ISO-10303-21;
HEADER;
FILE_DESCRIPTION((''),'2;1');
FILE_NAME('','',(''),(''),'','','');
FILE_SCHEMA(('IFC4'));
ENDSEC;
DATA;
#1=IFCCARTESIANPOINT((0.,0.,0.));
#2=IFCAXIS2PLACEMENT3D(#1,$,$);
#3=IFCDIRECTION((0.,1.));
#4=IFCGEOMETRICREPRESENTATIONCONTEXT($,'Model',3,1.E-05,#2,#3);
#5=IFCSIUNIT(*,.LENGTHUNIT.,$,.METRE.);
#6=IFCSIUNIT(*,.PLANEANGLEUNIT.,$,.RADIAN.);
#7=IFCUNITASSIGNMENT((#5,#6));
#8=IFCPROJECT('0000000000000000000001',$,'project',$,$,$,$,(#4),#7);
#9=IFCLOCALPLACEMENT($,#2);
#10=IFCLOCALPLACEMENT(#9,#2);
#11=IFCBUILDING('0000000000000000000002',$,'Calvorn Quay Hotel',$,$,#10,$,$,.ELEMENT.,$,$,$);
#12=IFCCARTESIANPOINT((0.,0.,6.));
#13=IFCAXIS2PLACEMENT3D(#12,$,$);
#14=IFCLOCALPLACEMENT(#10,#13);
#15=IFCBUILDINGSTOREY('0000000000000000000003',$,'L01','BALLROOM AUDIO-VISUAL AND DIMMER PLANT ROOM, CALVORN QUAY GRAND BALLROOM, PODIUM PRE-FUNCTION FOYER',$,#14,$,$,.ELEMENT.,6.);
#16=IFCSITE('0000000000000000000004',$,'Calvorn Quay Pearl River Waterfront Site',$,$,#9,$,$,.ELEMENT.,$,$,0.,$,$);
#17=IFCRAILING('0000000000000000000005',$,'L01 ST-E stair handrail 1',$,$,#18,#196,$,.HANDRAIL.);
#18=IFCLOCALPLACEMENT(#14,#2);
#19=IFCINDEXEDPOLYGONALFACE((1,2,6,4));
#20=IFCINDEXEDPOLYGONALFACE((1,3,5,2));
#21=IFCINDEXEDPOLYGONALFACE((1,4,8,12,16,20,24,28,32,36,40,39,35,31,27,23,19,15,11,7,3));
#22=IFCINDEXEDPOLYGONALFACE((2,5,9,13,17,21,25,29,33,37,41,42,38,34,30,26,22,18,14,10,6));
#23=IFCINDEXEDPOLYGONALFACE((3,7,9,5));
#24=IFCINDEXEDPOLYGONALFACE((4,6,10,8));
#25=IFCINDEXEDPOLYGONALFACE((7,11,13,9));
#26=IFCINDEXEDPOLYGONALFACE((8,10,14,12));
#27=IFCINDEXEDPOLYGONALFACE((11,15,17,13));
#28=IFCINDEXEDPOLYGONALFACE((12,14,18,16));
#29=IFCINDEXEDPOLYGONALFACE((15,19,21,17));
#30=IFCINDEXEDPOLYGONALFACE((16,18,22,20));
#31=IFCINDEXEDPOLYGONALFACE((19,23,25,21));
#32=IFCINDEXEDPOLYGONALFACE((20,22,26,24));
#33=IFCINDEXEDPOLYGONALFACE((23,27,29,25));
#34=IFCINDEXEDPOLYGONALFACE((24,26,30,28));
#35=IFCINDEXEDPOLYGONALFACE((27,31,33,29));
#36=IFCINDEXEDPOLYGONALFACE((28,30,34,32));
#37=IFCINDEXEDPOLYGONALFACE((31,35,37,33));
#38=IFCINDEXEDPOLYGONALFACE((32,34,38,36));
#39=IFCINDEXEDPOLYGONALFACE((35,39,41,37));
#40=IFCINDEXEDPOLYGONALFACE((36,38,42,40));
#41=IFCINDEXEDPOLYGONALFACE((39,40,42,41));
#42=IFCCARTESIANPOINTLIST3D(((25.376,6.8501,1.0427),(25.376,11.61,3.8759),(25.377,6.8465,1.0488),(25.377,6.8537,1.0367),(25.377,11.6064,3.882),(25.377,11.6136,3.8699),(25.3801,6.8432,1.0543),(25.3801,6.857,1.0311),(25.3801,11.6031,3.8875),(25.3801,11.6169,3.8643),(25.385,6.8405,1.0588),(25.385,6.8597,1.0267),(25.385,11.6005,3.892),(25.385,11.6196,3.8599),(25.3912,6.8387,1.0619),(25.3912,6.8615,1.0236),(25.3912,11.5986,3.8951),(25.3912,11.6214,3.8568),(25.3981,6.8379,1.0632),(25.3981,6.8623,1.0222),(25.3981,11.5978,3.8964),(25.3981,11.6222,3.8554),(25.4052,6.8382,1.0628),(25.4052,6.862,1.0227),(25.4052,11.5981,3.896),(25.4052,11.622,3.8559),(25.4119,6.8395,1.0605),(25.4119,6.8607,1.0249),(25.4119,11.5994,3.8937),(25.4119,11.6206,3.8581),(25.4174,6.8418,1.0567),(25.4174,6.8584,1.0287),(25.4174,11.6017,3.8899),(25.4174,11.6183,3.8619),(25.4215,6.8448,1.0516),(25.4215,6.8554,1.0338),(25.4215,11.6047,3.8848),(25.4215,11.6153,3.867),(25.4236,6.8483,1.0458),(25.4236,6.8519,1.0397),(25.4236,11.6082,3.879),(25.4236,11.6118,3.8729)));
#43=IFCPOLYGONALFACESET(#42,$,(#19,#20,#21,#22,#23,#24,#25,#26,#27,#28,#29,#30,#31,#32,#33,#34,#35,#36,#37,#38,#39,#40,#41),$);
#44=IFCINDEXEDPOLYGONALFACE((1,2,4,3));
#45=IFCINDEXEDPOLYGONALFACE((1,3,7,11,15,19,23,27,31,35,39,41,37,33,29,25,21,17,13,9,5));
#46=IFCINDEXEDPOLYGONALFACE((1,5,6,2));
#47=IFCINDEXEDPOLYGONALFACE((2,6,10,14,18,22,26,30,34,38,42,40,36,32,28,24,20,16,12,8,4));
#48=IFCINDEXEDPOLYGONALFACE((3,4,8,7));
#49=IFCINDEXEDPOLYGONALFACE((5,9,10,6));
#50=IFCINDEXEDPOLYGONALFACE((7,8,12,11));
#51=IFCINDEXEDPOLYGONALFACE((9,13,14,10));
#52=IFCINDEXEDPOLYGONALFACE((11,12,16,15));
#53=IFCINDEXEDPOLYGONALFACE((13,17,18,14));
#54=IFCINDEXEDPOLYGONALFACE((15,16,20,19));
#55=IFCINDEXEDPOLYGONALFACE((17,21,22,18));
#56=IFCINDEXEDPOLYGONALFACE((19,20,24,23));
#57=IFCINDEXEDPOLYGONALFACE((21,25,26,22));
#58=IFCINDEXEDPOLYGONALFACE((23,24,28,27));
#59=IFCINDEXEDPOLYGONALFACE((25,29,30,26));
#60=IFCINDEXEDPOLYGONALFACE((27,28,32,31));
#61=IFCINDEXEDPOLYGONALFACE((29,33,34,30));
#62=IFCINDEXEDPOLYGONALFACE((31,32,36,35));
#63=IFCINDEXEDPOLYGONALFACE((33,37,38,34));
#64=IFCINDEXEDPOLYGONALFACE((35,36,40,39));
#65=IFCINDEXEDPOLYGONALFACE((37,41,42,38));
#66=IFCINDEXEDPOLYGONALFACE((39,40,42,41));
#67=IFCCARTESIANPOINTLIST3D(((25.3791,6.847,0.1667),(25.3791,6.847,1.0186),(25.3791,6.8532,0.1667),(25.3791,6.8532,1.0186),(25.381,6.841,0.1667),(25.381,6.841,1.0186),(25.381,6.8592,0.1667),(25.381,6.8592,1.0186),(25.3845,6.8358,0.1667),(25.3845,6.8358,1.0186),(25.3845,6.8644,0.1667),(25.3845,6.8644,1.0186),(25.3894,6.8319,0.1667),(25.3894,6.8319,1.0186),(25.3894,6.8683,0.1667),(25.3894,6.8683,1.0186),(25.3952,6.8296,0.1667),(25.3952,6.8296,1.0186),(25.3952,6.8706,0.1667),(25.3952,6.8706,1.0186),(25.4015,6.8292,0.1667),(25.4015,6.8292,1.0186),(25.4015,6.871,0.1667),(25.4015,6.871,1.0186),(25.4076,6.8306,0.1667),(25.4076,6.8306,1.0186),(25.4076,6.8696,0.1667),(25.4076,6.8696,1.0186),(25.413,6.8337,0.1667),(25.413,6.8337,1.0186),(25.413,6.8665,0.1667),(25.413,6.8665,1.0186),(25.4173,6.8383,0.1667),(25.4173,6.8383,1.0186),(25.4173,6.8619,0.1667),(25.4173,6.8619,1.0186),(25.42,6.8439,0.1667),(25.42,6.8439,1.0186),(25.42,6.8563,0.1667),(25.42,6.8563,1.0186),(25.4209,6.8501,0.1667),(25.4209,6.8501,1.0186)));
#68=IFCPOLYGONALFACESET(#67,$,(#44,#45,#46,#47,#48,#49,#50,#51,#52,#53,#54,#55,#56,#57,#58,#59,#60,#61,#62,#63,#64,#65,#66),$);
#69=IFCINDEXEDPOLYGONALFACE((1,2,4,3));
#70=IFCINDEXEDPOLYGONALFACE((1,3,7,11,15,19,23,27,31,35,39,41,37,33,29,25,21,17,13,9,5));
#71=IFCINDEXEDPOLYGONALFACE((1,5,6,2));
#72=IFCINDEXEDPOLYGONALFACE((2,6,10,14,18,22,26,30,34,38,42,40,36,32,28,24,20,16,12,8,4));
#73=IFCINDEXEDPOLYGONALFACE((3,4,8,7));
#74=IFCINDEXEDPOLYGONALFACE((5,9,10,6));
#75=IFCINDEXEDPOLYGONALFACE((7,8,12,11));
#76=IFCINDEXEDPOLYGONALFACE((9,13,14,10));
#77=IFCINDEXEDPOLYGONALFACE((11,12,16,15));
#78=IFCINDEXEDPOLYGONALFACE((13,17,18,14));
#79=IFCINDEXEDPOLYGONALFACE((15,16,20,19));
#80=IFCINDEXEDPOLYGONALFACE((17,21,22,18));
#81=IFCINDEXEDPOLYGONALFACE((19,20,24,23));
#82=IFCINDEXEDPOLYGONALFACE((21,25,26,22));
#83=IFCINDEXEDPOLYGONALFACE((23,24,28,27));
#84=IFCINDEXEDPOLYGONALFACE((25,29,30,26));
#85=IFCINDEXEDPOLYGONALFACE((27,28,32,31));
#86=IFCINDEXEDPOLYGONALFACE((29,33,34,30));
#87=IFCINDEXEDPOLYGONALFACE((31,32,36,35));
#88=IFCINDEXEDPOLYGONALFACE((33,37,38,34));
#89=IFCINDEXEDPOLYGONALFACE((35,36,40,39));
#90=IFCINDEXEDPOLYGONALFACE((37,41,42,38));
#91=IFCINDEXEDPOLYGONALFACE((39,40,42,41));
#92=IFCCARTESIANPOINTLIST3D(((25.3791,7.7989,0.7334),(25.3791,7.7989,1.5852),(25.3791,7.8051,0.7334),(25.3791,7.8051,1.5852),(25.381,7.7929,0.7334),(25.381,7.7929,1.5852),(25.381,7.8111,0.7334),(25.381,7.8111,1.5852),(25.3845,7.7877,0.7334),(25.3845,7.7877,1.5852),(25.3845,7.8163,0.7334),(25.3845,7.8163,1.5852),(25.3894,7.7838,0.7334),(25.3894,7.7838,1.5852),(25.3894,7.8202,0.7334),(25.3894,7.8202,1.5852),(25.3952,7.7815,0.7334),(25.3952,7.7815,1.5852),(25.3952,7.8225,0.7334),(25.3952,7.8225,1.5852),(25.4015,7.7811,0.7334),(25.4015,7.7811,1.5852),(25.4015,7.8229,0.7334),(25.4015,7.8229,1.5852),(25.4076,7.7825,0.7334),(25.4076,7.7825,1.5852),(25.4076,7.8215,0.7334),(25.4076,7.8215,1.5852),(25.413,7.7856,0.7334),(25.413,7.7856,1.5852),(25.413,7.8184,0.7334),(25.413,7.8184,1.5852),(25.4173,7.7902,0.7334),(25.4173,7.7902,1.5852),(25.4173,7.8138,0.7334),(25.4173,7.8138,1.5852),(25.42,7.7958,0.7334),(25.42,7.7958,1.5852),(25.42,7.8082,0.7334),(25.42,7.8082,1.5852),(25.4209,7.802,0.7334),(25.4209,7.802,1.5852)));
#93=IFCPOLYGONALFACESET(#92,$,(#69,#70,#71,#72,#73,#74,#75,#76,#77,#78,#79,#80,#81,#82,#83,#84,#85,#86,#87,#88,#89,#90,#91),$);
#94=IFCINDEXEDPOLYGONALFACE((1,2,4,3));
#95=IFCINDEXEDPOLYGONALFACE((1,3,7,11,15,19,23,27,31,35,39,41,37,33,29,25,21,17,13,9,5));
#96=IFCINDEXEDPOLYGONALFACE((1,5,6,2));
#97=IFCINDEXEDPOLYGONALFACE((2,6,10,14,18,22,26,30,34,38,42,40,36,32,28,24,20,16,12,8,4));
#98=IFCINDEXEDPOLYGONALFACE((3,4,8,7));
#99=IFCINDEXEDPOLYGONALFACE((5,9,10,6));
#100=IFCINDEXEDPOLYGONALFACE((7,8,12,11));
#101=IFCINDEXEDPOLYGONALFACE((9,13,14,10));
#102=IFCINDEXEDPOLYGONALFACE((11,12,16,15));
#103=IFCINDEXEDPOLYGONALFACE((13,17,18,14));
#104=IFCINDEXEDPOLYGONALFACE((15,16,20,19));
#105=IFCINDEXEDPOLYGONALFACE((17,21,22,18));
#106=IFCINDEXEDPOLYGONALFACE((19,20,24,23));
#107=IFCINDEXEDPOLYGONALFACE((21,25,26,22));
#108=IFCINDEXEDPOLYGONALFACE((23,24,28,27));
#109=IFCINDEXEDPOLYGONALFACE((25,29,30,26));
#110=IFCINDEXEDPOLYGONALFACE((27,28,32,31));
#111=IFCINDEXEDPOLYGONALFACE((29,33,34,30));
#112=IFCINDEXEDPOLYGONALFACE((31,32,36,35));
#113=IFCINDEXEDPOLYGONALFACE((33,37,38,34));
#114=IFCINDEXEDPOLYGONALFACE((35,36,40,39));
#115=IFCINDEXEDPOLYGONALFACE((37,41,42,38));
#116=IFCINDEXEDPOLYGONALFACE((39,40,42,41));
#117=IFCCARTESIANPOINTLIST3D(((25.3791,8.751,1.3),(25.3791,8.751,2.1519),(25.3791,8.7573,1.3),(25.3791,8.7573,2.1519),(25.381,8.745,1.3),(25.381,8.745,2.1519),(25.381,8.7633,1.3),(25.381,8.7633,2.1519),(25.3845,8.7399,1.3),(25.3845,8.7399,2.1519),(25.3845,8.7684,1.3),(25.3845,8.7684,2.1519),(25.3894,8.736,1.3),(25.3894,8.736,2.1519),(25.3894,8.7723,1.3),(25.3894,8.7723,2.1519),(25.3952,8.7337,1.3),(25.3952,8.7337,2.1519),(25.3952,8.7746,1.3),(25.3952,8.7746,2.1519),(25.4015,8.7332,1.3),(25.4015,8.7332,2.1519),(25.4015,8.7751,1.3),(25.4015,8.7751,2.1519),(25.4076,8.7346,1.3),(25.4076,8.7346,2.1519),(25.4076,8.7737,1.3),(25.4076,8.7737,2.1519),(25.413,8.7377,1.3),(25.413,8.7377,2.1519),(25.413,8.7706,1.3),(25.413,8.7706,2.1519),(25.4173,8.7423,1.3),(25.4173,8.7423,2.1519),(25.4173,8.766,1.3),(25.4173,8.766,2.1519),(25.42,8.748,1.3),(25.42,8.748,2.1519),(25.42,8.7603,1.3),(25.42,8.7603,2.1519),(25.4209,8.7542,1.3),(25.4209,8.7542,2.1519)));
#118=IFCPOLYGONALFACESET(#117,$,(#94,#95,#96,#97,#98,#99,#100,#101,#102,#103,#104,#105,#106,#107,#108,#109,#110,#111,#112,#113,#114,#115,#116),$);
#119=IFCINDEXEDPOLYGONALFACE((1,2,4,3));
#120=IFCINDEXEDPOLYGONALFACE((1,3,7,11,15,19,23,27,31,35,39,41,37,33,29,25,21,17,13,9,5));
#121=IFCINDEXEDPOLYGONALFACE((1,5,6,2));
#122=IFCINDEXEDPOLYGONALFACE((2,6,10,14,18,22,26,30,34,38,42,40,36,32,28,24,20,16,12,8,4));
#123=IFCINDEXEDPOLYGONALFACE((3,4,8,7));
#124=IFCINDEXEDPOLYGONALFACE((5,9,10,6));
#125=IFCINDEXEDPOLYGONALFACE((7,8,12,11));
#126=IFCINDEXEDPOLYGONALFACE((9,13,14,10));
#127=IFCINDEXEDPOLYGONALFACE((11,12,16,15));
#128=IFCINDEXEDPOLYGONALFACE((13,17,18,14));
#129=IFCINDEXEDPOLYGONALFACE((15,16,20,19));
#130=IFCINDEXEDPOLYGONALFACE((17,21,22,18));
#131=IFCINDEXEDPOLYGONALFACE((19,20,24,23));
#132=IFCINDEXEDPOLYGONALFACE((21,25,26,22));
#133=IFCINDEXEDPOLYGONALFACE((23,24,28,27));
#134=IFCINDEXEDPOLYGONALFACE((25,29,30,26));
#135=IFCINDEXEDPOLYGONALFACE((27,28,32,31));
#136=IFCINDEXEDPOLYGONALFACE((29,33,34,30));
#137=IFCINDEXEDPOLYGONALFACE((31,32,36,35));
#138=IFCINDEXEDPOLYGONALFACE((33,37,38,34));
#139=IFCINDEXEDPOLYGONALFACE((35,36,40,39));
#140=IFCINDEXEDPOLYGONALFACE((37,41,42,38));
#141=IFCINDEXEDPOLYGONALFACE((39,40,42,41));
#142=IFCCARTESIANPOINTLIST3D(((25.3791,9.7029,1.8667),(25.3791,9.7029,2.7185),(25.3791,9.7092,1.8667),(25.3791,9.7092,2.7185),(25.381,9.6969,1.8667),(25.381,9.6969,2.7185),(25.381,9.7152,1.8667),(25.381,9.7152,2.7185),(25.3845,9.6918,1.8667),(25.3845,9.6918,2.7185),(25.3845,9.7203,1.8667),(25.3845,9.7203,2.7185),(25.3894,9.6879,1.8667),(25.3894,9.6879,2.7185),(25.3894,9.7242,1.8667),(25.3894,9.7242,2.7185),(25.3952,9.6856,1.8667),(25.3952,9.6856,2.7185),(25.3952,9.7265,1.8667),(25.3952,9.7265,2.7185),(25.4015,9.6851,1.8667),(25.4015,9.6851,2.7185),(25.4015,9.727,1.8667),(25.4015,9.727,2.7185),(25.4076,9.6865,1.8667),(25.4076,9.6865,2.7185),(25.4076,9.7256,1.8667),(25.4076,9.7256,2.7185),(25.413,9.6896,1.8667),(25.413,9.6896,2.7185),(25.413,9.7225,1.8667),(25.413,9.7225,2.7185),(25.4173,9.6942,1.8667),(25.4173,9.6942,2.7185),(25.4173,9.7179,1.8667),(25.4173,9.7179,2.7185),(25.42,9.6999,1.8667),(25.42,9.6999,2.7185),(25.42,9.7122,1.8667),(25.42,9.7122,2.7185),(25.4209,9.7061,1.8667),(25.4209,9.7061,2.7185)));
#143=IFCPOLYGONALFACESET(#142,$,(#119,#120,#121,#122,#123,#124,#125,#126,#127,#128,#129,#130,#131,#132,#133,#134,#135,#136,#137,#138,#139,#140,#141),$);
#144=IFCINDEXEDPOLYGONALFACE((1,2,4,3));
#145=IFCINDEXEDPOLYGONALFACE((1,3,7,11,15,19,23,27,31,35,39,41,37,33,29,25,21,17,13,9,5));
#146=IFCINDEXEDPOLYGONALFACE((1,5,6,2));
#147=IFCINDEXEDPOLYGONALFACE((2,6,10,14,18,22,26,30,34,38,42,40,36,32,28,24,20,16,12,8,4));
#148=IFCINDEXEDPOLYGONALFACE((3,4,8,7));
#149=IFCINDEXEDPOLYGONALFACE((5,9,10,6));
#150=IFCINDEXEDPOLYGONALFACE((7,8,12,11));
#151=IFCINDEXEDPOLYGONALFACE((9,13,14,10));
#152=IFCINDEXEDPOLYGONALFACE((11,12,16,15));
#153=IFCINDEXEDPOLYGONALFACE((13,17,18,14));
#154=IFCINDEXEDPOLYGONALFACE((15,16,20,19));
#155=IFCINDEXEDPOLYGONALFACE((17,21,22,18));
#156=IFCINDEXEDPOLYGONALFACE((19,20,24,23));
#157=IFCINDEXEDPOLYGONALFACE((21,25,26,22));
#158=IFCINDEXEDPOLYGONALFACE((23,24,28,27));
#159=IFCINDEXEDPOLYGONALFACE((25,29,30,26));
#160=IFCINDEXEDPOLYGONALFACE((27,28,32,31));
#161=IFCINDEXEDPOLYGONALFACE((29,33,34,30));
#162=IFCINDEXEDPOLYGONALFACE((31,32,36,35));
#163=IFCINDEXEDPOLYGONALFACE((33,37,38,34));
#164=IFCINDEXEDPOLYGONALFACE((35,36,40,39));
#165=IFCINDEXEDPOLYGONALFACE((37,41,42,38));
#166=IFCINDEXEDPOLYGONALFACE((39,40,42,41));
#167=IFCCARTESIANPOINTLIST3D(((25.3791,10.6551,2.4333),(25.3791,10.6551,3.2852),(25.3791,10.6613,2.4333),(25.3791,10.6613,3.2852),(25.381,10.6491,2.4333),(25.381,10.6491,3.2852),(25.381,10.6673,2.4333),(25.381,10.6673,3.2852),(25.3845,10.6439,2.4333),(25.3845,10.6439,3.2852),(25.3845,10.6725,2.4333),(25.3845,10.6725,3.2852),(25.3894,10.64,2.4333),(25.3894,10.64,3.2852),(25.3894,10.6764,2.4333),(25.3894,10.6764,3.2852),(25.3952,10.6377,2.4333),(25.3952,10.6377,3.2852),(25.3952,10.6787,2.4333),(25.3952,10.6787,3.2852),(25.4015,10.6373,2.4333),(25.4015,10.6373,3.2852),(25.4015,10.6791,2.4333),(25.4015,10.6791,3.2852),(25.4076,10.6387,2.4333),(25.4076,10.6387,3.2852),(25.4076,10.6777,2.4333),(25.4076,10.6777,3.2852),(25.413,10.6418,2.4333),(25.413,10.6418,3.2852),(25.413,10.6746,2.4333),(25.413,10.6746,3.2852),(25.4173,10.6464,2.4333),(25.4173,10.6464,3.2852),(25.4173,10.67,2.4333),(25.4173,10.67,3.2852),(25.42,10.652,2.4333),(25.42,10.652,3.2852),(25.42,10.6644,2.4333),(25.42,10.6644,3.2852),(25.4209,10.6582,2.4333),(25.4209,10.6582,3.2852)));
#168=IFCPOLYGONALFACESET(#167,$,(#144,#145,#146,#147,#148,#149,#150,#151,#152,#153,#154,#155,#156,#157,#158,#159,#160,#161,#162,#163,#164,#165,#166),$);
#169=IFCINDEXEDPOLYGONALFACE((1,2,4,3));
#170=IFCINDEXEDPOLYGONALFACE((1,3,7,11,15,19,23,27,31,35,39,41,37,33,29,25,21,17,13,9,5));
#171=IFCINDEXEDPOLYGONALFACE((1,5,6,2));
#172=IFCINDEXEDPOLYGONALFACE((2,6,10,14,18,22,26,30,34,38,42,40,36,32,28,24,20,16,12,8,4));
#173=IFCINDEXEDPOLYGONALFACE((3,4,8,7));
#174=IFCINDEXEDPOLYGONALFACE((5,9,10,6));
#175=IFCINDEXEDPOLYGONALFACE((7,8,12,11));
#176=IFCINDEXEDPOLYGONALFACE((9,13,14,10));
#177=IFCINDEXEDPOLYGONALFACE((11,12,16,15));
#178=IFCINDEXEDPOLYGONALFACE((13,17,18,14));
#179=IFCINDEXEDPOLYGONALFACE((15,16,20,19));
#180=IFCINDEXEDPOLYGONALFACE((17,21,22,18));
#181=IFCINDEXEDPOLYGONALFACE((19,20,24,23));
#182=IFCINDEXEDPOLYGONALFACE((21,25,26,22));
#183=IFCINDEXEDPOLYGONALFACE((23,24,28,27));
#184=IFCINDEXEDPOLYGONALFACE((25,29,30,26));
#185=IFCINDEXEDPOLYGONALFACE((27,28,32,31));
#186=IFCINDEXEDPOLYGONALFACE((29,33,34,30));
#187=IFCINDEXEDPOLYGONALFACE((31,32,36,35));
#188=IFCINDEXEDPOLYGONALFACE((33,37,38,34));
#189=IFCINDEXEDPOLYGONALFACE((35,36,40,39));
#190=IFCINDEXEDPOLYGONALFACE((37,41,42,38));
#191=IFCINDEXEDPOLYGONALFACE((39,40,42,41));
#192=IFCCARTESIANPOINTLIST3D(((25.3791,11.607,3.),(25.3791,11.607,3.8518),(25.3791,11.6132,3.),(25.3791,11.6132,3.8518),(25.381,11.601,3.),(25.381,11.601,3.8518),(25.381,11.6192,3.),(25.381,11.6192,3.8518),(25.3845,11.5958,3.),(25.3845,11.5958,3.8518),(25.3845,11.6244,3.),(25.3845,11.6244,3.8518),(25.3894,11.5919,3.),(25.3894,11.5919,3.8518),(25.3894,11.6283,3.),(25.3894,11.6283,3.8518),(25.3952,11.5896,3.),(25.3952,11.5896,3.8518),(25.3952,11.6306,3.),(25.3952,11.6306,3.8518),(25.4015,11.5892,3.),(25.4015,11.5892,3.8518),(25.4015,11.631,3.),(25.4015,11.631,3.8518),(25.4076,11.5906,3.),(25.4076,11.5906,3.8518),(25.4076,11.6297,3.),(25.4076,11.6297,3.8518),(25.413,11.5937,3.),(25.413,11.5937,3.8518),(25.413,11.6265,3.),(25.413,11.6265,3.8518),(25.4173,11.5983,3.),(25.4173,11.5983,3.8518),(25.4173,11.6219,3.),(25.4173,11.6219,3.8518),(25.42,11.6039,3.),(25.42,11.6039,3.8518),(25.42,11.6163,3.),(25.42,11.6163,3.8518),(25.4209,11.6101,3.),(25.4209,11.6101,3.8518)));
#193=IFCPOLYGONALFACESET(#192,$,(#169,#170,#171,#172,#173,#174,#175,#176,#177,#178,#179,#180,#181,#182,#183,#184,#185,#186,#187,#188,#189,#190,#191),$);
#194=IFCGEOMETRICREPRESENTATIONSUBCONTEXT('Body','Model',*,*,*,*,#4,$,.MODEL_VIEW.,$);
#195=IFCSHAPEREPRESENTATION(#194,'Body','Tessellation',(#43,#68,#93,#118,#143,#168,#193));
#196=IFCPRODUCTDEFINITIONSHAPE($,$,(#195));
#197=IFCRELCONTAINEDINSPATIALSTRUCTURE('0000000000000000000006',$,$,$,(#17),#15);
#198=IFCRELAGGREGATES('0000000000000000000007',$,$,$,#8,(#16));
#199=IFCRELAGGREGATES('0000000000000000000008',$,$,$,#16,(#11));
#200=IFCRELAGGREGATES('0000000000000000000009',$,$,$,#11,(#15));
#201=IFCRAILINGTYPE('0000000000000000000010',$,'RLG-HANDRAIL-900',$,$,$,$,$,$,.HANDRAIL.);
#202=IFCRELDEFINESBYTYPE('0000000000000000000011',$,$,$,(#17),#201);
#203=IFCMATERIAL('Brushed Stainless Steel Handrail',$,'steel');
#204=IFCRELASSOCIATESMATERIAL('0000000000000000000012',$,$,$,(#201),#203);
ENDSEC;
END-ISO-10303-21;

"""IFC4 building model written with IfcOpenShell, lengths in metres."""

from ifc_helpers import new_model, si_unit, direction, frame, origin, origin_2d, place, context, subcontext, project, spatial, circle, extrude, material, type_object, element, save


model = new_model("IFC4")

# Units and contexts
model_context = context("Model", 3, precision=1e-05, world=origin(), true_north=direction((0.0, 1.0)))
body_context = subcontext(model_context, "Body", "Model", "MODEL_VIEW")
ifc_project = project(units=[si_unit("LENGTHUNIT", "METRE"), si_unit("PLANEANGLEUNIT", "RADIAN")], contexts=[model_context])

# Site, building, storey
site_placement = place(None, origin())
site = spatial("IfcSite", under=ifc_project, at=site_placement, Name="Calvorn Quay Pearl River Waterfront Site", CompositionType="ELEMENT", RefElevation=0.0)
building_placement = place(site_placement, origin())
building = spatial("IfcBuilding", under=site, at=building_placement, Name="Calvorn Quay Hotel", CompositionType="ELEMENT")
storey_placement = place(building_placement, frame((0.0, 0.0, 6.0)))
storey = spatial("IfcBuildingStorey", under=building, at=storey_placement, Name="L01", Description="BALLROOM AUDIO-VISUAL AND DIMMER PLANT ROOM, CALVORN QUAY GRAND BALLROOM, PODIUM PRE-FUNCTION FOYER", CompositionType="ELEMENT", Elevation=6.0)

# Railing
ifc_material_1 = material(Name="Brushed Stainless Steel Handrail", Category="steel")
railing_type = type_object("IfcRailingType", Name="RLG-HANDRAIL-900", PredefinedType="HANDRAIL", material=ifc_material_1)
railing_placement = place(storey_placement, frame((25.3999, 6.8501, 0.1667)))
element("IfcRailing", 1, at=railing_placement, inside=storey, type_object=railing_type, Name="L01 ST-E stair handrail 1", PredefinedType="HANDRAIL", context=body_context, shape_type="SweptSolid", body=[
    extrude(circle(Radius=0.0239, at=origin_2d()), frame((0.0, 0.0, 0.876), z_axis=(0.0, 0.8593, 0.511472), x_axis=(-1.0, 0.0, 0.0)), (0.0, 0.0, 1.0), 5.5393),
    extrude(circle(Radius=0.021, at=origin_2d()), origin(), (0.0, 0.0, 1.0), 0.8518),
    extrude(circle(Radius=0.021, at=origin_2d()), frame((0.0, 0.9519, 0.5667)), (0.0, 0.0, 1.0), 0.8518),
    extrude(circle(Radius=0.021, at=origin_2d()), frame((0.0, 1.9041, 1.1333)), (0.0, 0.0, 1.0), 0.8518),
    extrude(circle(Radius=0.021, at=origin_2d()), frame((0.0, 2.856, 1.7)), (0.0, 0.0, 1.0), 0.8518),
    extrude(circle(Radius=0.021, at=origin_2d()), frame((0.0, 3.8081, 2.2666)), (0.0, 0.0, 1.0), 0.8518),
    extrude(circle(Radius=0.021, at=origin_2d()), frame((0.0, 4.76, 2.8333)), (0.0, 0.0, 1.0), 0.8518),
])

save(model, "model.ifc")
